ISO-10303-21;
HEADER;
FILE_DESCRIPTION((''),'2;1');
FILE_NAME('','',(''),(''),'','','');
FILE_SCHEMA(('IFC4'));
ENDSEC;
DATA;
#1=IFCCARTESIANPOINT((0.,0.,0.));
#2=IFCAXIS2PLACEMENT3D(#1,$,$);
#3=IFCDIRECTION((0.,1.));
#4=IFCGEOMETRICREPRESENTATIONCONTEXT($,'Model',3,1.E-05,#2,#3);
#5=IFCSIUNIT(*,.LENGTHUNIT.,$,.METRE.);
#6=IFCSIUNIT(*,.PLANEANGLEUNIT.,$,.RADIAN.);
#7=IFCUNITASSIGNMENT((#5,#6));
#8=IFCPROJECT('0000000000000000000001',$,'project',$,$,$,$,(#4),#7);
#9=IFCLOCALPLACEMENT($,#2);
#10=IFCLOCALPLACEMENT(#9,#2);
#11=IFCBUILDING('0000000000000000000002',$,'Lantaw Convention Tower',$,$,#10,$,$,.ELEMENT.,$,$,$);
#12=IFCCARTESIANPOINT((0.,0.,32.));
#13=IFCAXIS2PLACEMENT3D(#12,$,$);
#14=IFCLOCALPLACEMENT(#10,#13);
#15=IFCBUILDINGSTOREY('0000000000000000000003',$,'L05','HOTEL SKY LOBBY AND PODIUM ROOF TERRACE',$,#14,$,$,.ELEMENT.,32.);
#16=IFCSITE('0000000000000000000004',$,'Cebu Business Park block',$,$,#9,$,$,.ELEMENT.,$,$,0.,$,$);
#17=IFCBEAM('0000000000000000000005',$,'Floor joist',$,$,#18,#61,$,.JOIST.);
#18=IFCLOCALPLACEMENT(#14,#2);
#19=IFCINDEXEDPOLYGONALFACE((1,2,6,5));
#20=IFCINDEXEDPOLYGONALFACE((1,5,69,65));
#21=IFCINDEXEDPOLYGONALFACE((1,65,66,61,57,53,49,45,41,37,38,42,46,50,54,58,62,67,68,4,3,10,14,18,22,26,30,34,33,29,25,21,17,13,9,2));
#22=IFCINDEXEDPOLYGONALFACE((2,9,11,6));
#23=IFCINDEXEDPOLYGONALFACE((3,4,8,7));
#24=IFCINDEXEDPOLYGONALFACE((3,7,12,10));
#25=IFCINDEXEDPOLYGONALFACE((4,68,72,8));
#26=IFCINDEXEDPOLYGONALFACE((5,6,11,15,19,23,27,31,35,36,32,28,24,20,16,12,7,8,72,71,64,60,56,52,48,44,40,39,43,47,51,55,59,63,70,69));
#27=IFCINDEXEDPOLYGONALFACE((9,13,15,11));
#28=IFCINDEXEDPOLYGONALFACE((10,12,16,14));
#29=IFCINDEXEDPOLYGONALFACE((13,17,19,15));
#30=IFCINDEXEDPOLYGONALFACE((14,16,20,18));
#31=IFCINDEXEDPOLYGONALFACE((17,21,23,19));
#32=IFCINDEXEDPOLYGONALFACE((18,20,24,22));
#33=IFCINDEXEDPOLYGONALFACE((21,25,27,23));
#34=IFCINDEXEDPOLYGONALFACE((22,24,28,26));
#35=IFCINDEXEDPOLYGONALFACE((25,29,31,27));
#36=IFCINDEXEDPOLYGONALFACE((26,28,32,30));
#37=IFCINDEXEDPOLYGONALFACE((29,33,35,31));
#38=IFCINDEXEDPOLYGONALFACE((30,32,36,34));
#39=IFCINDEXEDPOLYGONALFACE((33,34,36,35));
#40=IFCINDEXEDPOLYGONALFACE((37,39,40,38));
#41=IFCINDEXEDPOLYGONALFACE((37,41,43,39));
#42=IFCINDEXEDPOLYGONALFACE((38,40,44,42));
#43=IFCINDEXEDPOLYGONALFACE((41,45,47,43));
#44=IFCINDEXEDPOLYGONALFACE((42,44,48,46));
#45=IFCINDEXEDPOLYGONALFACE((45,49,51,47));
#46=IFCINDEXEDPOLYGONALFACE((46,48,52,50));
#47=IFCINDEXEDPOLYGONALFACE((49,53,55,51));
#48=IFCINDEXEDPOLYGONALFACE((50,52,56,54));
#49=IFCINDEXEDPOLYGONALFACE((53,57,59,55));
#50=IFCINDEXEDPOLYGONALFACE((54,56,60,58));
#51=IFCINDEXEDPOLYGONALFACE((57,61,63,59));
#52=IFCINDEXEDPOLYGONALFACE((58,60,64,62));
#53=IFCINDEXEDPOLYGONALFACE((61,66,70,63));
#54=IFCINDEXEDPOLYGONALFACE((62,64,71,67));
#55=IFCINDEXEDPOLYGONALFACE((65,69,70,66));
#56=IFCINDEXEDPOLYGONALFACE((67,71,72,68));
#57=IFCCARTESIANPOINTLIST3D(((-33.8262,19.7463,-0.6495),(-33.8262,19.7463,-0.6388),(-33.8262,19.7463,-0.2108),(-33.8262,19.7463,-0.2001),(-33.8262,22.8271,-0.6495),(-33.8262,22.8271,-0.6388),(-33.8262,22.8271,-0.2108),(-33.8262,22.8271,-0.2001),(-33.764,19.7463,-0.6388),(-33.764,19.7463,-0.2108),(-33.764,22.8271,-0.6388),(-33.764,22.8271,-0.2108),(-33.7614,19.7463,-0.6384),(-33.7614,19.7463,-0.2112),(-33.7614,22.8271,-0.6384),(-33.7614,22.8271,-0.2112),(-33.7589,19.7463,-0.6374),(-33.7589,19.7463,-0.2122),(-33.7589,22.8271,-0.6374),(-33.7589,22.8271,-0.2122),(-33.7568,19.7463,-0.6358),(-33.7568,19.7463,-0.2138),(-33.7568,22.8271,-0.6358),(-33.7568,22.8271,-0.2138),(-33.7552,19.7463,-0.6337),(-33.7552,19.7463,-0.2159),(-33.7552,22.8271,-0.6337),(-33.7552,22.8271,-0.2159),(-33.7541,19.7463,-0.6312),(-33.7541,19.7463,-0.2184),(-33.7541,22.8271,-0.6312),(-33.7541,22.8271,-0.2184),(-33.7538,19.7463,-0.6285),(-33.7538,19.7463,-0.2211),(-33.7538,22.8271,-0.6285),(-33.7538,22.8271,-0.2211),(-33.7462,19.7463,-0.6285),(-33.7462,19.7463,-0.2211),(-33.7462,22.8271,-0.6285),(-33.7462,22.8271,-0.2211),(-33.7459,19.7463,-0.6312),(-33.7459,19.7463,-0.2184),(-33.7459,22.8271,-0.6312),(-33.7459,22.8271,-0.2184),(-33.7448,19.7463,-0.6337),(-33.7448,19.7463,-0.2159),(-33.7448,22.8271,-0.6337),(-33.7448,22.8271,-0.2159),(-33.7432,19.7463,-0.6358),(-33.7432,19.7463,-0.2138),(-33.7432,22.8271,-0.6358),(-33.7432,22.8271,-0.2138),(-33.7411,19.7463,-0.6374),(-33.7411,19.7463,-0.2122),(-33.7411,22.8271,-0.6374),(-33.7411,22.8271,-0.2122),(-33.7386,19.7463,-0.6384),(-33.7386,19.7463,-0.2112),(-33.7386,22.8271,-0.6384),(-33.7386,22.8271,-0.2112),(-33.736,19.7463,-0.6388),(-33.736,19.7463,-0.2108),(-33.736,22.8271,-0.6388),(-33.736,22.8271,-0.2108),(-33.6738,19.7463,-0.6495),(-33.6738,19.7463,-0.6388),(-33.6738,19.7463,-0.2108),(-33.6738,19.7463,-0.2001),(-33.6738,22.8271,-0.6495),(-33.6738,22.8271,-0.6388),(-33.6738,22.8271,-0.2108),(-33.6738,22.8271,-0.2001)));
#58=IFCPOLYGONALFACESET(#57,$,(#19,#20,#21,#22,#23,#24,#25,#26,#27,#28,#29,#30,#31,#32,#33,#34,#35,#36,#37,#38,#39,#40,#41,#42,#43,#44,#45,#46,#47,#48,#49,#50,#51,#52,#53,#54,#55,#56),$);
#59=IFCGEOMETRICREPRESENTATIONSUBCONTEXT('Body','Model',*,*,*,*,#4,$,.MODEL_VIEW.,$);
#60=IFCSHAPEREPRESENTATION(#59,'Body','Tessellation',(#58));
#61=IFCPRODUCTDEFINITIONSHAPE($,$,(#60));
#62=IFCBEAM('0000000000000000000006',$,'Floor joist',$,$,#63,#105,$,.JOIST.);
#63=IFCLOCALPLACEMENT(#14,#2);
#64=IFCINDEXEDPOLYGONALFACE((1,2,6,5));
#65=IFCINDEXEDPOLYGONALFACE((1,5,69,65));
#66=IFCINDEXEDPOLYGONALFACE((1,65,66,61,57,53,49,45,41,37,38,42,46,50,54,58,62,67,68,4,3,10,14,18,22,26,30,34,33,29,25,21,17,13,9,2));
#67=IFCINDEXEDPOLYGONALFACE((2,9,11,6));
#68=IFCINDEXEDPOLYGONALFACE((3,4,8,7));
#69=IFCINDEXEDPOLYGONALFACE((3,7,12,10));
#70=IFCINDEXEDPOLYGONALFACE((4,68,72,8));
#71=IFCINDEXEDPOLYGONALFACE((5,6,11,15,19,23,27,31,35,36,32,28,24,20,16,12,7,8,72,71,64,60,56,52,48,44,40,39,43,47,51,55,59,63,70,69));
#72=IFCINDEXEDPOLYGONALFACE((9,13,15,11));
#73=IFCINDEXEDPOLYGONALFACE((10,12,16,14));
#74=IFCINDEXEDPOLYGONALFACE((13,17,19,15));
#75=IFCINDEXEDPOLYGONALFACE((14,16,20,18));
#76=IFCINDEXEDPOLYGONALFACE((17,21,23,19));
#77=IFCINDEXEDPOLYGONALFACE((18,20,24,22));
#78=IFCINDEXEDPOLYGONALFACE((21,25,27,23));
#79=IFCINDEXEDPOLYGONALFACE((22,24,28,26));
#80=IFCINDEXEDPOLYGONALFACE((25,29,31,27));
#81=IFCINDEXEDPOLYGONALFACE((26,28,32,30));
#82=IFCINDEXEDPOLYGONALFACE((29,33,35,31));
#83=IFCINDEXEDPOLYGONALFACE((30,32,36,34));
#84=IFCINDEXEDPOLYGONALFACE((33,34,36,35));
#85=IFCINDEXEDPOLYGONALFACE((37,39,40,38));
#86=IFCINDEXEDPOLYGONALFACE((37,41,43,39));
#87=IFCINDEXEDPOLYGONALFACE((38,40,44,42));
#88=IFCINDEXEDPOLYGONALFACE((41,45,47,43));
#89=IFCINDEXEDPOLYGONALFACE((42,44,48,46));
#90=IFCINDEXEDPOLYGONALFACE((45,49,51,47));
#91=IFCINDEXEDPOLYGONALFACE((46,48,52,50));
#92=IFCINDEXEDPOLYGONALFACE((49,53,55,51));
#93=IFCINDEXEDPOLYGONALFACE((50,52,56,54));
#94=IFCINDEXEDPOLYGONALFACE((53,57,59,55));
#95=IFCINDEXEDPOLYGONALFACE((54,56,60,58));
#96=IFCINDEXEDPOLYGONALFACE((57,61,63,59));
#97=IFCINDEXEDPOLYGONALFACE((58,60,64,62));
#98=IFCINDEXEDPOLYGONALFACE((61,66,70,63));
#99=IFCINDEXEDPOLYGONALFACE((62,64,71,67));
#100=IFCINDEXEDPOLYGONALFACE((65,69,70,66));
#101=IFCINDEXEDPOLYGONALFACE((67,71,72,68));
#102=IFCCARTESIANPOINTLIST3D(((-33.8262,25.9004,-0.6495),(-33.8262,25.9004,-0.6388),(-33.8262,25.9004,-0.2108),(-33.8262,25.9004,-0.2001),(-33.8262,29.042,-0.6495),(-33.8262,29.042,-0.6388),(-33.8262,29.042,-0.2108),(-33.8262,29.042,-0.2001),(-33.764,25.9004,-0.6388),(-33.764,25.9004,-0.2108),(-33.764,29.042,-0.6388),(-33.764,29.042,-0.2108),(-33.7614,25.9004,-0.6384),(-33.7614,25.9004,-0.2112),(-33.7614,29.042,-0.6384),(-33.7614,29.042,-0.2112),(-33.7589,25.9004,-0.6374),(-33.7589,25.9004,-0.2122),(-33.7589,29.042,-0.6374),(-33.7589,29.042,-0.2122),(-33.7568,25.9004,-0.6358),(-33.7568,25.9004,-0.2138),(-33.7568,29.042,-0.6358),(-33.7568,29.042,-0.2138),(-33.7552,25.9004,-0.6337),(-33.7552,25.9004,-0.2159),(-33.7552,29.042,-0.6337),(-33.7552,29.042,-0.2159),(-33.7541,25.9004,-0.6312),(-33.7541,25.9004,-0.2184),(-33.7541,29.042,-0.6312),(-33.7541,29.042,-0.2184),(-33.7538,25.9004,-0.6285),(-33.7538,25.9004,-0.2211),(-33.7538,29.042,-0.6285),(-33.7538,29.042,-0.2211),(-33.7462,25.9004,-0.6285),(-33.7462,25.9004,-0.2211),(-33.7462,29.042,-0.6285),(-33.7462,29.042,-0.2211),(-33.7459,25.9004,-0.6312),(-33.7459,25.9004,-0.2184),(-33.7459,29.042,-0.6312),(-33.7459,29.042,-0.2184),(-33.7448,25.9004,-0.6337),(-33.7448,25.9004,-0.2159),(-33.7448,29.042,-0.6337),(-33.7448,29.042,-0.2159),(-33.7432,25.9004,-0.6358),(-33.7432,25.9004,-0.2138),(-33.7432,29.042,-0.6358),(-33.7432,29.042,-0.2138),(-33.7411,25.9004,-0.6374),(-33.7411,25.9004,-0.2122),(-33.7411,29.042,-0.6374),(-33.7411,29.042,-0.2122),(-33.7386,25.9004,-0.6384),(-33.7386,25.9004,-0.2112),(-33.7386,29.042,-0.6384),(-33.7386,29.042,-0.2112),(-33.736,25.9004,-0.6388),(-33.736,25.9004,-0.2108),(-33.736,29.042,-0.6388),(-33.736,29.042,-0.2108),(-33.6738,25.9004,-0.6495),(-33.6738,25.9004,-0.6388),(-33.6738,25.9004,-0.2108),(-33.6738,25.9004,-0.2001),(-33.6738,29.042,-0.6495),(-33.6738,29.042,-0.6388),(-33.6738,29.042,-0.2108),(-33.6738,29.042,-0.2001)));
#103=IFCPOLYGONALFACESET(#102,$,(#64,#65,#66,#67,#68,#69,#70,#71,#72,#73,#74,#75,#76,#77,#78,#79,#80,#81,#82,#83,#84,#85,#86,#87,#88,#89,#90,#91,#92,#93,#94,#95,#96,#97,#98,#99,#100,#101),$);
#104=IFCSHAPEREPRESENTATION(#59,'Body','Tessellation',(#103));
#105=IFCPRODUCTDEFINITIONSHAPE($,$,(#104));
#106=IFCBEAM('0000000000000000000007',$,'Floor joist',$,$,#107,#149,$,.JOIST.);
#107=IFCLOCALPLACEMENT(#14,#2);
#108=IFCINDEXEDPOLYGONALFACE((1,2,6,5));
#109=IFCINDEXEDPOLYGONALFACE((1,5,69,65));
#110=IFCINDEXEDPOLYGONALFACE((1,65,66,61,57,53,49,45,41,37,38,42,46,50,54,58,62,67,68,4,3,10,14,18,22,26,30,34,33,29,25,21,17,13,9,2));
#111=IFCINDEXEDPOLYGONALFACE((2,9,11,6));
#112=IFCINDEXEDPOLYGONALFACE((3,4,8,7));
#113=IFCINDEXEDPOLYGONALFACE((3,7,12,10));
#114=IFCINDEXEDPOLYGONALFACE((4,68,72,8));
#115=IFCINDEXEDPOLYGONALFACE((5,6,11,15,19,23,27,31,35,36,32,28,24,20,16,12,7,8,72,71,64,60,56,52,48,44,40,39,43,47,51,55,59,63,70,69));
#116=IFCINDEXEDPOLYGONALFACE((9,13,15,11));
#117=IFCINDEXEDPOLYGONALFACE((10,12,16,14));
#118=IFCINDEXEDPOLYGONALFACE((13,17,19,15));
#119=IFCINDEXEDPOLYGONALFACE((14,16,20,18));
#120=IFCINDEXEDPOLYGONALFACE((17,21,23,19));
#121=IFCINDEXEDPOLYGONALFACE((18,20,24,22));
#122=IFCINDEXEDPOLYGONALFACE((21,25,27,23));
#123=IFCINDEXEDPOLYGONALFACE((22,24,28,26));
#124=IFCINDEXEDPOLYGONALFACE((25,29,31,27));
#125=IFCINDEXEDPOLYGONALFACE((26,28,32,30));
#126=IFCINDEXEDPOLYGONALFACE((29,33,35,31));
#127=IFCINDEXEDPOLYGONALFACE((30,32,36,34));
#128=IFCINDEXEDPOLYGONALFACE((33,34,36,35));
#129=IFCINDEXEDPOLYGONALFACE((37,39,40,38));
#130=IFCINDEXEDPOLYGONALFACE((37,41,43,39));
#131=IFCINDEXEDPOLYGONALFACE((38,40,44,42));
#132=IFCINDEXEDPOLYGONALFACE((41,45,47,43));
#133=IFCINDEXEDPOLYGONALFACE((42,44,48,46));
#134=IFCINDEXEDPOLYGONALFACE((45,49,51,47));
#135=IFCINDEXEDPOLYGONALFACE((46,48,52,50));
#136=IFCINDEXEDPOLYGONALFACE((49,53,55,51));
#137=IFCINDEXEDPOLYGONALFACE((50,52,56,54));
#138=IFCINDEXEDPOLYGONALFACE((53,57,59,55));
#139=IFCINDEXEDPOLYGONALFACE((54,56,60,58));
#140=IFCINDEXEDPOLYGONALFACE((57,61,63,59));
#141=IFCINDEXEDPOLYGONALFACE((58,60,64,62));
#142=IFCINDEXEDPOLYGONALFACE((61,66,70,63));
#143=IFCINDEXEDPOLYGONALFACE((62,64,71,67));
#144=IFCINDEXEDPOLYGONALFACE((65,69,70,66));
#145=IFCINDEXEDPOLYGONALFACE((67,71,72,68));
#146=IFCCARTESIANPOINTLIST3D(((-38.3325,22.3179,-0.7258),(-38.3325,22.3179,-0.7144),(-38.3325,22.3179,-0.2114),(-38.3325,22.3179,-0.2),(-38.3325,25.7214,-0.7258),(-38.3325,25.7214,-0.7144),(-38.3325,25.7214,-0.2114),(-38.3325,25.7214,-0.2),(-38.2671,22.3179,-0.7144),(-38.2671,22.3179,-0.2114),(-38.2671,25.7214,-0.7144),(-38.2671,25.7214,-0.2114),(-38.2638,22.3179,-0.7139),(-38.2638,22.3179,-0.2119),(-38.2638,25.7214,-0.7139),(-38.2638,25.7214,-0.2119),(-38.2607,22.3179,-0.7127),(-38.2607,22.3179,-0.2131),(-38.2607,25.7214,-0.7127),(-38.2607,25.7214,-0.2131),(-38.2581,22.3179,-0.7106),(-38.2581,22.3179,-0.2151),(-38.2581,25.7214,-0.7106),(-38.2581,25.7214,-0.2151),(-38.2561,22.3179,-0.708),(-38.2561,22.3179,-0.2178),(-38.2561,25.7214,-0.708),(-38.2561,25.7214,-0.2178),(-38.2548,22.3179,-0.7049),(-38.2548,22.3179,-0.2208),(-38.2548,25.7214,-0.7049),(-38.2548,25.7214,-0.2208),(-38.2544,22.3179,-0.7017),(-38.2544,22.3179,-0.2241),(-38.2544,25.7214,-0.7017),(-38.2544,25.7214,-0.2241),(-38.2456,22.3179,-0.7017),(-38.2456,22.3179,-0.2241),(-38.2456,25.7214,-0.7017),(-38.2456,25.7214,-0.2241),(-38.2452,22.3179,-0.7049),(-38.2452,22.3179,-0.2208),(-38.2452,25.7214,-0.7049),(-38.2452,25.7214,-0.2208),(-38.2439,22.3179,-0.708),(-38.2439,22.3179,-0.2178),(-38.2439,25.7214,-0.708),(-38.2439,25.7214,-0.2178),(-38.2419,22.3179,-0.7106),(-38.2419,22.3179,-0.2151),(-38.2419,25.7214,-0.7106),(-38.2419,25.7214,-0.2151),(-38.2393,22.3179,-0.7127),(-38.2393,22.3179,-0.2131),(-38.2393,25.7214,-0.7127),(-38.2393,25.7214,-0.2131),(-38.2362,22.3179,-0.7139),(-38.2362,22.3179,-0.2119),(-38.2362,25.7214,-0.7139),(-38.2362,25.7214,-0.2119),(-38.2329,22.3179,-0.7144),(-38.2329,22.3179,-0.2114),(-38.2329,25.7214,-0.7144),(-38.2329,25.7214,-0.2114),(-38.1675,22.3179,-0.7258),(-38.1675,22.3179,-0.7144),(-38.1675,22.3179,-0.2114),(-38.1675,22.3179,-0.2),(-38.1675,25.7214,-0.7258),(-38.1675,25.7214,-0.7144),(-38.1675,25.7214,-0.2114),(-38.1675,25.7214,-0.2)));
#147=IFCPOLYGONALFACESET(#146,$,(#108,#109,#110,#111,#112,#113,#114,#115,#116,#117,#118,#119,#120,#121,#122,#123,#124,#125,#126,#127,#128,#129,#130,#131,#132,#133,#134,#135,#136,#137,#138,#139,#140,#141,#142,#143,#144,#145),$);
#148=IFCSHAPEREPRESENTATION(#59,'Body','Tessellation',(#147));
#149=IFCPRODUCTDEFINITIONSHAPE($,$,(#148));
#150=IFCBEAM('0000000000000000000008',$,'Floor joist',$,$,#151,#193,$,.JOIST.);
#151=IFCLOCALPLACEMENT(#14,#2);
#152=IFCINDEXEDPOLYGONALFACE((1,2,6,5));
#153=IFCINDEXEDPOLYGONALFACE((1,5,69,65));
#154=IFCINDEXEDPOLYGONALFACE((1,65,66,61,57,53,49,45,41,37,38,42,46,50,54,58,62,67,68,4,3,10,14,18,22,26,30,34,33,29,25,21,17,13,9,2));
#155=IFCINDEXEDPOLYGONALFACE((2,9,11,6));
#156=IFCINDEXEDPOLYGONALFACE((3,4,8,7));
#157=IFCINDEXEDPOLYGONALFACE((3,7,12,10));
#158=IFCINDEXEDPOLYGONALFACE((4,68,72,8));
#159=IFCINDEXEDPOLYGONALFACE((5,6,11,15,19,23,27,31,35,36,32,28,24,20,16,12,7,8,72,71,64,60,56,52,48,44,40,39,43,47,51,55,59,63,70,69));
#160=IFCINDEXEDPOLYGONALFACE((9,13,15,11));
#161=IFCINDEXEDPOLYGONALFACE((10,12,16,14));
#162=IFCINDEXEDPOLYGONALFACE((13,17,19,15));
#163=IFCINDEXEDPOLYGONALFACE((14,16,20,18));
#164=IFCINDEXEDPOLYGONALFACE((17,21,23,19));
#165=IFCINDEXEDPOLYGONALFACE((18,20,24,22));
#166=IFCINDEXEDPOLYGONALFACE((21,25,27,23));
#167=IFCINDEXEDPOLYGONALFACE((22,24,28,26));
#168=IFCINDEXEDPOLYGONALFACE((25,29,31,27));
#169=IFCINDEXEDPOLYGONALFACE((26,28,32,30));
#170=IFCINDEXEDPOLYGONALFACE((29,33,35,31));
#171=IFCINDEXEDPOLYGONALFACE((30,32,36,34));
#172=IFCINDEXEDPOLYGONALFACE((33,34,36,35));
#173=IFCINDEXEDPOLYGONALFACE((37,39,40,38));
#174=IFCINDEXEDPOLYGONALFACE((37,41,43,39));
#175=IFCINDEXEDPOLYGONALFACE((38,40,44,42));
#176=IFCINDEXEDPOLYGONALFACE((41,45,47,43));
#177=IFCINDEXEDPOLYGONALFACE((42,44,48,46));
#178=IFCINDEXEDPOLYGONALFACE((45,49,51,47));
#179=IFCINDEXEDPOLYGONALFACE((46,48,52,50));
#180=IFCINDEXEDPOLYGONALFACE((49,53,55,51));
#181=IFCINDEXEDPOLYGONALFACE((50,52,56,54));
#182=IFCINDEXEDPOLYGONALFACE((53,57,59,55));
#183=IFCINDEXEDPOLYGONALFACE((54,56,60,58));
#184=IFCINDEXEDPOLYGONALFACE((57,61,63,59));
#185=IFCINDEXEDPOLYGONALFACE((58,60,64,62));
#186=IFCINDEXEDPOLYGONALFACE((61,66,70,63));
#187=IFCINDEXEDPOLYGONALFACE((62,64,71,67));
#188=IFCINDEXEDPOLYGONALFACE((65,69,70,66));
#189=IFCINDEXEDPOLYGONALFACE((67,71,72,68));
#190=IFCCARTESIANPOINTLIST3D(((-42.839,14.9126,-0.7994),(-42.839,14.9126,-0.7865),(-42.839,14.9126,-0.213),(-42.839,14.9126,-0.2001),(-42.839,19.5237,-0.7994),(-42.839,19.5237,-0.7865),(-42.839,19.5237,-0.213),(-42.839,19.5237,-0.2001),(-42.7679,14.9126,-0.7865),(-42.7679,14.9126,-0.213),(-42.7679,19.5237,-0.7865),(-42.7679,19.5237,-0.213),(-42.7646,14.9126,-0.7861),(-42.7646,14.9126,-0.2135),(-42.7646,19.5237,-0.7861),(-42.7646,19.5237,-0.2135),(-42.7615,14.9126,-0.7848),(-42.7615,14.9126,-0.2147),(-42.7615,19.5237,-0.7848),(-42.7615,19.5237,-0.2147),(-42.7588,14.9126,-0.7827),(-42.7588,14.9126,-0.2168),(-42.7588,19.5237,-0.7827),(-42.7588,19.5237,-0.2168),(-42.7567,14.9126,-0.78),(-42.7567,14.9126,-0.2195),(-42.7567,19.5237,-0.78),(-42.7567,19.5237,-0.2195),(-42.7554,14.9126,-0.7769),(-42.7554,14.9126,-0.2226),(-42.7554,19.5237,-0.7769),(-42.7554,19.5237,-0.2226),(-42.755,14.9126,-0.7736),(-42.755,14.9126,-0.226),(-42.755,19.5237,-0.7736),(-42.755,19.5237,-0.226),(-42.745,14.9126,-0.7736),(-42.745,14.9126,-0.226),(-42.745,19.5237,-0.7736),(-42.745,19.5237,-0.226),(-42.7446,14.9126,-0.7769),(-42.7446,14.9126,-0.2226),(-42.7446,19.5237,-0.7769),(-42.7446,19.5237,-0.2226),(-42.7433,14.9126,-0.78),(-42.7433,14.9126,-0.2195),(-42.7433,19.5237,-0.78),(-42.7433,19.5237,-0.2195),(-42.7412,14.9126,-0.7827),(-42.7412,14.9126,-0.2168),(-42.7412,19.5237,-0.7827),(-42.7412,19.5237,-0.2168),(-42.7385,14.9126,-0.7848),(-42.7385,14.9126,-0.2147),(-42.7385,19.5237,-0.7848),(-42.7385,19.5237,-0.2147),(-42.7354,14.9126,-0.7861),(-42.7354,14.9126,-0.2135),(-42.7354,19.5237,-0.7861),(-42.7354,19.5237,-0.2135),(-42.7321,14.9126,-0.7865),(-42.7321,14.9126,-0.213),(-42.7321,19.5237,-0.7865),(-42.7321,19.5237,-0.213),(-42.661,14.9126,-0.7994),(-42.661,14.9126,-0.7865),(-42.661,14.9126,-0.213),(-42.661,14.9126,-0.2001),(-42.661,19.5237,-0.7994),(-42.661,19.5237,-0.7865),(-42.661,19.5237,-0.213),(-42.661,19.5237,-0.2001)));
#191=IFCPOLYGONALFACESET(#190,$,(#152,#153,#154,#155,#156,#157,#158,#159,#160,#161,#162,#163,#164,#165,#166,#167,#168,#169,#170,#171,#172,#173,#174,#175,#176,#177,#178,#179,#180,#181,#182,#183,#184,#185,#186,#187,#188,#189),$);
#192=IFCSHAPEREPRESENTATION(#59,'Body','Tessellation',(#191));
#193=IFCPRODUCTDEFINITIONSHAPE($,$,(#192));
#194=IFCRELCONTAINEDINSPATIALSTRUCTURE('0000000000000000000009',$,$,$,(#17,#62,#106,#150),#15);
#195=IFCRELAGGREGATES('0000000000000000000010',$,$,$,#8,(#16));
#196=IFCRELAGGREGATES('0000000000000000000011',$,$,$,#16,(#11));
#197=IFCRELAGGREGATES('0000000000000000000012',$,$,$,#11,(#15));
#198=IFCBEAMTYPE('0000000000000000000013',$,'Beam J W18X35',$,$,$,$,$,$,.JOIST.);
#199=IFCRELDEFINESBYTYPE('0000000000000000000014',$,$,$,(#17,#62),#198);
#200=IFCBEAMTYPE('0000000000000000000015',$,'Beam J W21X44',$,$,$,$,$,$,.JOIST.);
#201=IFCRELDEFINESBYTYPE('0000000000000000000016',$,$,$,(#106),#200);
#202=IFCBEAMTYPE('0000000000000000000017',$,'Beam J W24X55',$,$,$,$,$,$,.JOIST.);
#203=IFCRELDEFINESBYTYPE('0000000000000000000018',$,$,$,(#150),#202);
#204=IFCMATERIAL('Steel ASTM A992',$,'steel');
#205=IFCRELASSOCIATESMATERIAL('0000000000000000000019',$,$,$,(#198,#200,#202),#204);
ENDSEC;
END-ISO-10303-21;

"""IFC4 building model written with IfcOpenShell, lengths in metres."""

from ifc_helpers import new_model, si_unit, direction, frame, origin, origin_2d, place, context, subcontext, project, spatial, i_section, extrude, material, material_profile, profile_set, type_object, element, save


model = new_model("IFC4")

# Units and contexts
model_context = context("Model", 3, precision=1e-05, world=origin(), true_north=direction((0.0, 1.0)))
body_context = subcontext(model_context, "Body", "Model", "MODEL_VIEW")
ifc_project = project(units=[si_unit("LENGTHUNIT", "METRE"), si_unit("PLANEANGLEUNIT", "RADIAN")], contexts=[model_context])

# Site, building, storey
site_placement = place(None, origin())
site = spatial("IfcSite", under=ifc_project, at=site_placement, Name="Cebu Business Park block", CompositionType="ELEMENT", RefElevation=0.0)
building_placement = place(site_placement, origin())
building = spatial("IfcBuilding", under=site, at=building_placement, Name="Lantaw Convention Tower", CompositionType="ELEMENT")
storey_placement = place(building_placement, frame((0.0, 0.0, 32.0)))
storey = spatial("IfcBuildingStorey", under=building, at=storey_placement, Name="L05", Description="HOTEL SKY LOBBY AND PODIUM ROOF TERRACE", CompositionType="ELEMENT", Elevation=32.0)

# Beams
ifc_material_1 = material(Name="Steel ASTM A992", Category="steel")
ifc_material_profile_1 = material_profile(ifc_material_1, i_section(OverallWidth=0.1523, OverallDepth=0.4495, WebThickness=0.0076, FlangeThickness=0.0107, FilletRadius=0.0103, at=origin_2d()), Name="W18X35")
ifc_profile_set_1 = profile_set([ifc_material_profile_1], Name="Steel ASTM A992")
beam_type_1 = type_object("IfcBeamType", Name="Beam J W18X35", PredefinedType="JOIST", material=ifc_profile_set_1)
beam_1_placement = place(storey_placement, frame((-33.75, 19.7463, -0.4248), z_axis=(0.0, 1.0, 0.0), x_axis=(-1.0, 0.0, 0.0)))
element("IfcBeam", 1, at=beam_1_placement, inside=storey, type_object=beam_type_1, Name="Floor joist", PredefinedType="JOIST", context=body_context, shape_type="SweptSolid", body=[
    extrude(i_section(OverallWidth=0.1523, OverallDepth=0.4495, WebThickness=0.0076, FlangeThickness=0.0107, FilletRadius=0.0103, at=origin_2d()), origin(), (0.0, 0.0, 1.0), 3.0808),
])
beam_2_placement = place(storey_placement, frame((-33.75, 25.9004, -0.4248), z_axis=(0.0, 1.0, 0.0), x_axis=(-1.0, 0.0, 0.0)))
element("IfcBeam", 2, at=beam_2_placement, inside=storey, type_object=beam_type_1, Name="Floor joist", PredefinedType="JOIST", context=body_context, shape_type="SweptSolid", body=[
    extrude(i_section(OverallWidth=0.1523, OverallDepth=0.4495, WebThickness=0.0076, FlangeThickness=0.0107, FilletRadius=0.0103, at=origin_2d()), origin(), (0.0, 0.0, 1.0), 3.1416),
])
ifc_material_profile_2 = material_profile(ifc_material_1, i_section(OverallWidth=0.165, OverallDepth=0.5259, WebThickness=0.0088, FlangeThickness=0.0115, FilletRadius=0.0127, at=origin_2d()), Name="W21X44")
ifc_profile_set_2 = profile_set([ifc_material_profile_2], Name="Steel ASTM A992")
beam_type_2 = type_object("IfcBeamType", Name="Beam J W21X44", PredefinedType="JOIST", material=ifc_profile_set_2)
beam_3_placement = place(storey_placement, frame((-38.25, 22.3179, -0.4629), z_axis=(0.0, 1.0, 0.0), x_axis=(-1.0, 0.0, 0.0)))
element("IfcBeam", 3, at=beam_3_placement, inside=storey, type_object=beam_type_2, Name="Floor joist", PredefinedType="JOIST", context=body_context, shape_type="SweptSolid", body=[
    extrude(i_section(OverallWidth=0.165, OverallDepth=0.5259, WebThickness=0.0088, FlangeThickness=0.0115, FilletRadius=0.0127, at=origin_2d()), origin(), (0.0, 0.0, 1.0), 3.4036),
])
ifc_material_profile_3 = material_profile(ifc_material_1, i_section(OverallWidth=0.178, OverallDepth=0.5994, WebThickness=0.01, FlangeThickness=0.0129, FilletRadius=0.0129, at=origin_2d()), Name="W24X55")
ifc_profile_set_3 = profile_set([ifc_material_profile_3], Name="Steel ASTM A992")
beam_type_3 = type_object("IfcBeamType", Name="Beam J W24X55", PredefinedType="JOIST", material=ifc_profile_set_3)
beam_4_placement = place(storey_placement, frame((-42.75, 14.9126, -0.4998), z_axis=(0.0, 1.0, 0.0), x_axis=(-1.0, 0.0, 0.0)))
element("IfcBeam", 4, at=beam_4_placement, inside=storey, type_object=beam_type_3, Name="Floor joist", PredefinedType="JOIST", context=body_context, shape_type="SweptSolid", body=[
    extrude(i_section(OverallWidth=0.178, OverallDepth=0.5994, WebThickness=0.01, FlangeThickness=0.0129, FilletRadius=0.0129, at=origin_2d()), origin(), (0.0, 0.0, 1.0), 4.6111),
])

save(model, "model.ifc")
